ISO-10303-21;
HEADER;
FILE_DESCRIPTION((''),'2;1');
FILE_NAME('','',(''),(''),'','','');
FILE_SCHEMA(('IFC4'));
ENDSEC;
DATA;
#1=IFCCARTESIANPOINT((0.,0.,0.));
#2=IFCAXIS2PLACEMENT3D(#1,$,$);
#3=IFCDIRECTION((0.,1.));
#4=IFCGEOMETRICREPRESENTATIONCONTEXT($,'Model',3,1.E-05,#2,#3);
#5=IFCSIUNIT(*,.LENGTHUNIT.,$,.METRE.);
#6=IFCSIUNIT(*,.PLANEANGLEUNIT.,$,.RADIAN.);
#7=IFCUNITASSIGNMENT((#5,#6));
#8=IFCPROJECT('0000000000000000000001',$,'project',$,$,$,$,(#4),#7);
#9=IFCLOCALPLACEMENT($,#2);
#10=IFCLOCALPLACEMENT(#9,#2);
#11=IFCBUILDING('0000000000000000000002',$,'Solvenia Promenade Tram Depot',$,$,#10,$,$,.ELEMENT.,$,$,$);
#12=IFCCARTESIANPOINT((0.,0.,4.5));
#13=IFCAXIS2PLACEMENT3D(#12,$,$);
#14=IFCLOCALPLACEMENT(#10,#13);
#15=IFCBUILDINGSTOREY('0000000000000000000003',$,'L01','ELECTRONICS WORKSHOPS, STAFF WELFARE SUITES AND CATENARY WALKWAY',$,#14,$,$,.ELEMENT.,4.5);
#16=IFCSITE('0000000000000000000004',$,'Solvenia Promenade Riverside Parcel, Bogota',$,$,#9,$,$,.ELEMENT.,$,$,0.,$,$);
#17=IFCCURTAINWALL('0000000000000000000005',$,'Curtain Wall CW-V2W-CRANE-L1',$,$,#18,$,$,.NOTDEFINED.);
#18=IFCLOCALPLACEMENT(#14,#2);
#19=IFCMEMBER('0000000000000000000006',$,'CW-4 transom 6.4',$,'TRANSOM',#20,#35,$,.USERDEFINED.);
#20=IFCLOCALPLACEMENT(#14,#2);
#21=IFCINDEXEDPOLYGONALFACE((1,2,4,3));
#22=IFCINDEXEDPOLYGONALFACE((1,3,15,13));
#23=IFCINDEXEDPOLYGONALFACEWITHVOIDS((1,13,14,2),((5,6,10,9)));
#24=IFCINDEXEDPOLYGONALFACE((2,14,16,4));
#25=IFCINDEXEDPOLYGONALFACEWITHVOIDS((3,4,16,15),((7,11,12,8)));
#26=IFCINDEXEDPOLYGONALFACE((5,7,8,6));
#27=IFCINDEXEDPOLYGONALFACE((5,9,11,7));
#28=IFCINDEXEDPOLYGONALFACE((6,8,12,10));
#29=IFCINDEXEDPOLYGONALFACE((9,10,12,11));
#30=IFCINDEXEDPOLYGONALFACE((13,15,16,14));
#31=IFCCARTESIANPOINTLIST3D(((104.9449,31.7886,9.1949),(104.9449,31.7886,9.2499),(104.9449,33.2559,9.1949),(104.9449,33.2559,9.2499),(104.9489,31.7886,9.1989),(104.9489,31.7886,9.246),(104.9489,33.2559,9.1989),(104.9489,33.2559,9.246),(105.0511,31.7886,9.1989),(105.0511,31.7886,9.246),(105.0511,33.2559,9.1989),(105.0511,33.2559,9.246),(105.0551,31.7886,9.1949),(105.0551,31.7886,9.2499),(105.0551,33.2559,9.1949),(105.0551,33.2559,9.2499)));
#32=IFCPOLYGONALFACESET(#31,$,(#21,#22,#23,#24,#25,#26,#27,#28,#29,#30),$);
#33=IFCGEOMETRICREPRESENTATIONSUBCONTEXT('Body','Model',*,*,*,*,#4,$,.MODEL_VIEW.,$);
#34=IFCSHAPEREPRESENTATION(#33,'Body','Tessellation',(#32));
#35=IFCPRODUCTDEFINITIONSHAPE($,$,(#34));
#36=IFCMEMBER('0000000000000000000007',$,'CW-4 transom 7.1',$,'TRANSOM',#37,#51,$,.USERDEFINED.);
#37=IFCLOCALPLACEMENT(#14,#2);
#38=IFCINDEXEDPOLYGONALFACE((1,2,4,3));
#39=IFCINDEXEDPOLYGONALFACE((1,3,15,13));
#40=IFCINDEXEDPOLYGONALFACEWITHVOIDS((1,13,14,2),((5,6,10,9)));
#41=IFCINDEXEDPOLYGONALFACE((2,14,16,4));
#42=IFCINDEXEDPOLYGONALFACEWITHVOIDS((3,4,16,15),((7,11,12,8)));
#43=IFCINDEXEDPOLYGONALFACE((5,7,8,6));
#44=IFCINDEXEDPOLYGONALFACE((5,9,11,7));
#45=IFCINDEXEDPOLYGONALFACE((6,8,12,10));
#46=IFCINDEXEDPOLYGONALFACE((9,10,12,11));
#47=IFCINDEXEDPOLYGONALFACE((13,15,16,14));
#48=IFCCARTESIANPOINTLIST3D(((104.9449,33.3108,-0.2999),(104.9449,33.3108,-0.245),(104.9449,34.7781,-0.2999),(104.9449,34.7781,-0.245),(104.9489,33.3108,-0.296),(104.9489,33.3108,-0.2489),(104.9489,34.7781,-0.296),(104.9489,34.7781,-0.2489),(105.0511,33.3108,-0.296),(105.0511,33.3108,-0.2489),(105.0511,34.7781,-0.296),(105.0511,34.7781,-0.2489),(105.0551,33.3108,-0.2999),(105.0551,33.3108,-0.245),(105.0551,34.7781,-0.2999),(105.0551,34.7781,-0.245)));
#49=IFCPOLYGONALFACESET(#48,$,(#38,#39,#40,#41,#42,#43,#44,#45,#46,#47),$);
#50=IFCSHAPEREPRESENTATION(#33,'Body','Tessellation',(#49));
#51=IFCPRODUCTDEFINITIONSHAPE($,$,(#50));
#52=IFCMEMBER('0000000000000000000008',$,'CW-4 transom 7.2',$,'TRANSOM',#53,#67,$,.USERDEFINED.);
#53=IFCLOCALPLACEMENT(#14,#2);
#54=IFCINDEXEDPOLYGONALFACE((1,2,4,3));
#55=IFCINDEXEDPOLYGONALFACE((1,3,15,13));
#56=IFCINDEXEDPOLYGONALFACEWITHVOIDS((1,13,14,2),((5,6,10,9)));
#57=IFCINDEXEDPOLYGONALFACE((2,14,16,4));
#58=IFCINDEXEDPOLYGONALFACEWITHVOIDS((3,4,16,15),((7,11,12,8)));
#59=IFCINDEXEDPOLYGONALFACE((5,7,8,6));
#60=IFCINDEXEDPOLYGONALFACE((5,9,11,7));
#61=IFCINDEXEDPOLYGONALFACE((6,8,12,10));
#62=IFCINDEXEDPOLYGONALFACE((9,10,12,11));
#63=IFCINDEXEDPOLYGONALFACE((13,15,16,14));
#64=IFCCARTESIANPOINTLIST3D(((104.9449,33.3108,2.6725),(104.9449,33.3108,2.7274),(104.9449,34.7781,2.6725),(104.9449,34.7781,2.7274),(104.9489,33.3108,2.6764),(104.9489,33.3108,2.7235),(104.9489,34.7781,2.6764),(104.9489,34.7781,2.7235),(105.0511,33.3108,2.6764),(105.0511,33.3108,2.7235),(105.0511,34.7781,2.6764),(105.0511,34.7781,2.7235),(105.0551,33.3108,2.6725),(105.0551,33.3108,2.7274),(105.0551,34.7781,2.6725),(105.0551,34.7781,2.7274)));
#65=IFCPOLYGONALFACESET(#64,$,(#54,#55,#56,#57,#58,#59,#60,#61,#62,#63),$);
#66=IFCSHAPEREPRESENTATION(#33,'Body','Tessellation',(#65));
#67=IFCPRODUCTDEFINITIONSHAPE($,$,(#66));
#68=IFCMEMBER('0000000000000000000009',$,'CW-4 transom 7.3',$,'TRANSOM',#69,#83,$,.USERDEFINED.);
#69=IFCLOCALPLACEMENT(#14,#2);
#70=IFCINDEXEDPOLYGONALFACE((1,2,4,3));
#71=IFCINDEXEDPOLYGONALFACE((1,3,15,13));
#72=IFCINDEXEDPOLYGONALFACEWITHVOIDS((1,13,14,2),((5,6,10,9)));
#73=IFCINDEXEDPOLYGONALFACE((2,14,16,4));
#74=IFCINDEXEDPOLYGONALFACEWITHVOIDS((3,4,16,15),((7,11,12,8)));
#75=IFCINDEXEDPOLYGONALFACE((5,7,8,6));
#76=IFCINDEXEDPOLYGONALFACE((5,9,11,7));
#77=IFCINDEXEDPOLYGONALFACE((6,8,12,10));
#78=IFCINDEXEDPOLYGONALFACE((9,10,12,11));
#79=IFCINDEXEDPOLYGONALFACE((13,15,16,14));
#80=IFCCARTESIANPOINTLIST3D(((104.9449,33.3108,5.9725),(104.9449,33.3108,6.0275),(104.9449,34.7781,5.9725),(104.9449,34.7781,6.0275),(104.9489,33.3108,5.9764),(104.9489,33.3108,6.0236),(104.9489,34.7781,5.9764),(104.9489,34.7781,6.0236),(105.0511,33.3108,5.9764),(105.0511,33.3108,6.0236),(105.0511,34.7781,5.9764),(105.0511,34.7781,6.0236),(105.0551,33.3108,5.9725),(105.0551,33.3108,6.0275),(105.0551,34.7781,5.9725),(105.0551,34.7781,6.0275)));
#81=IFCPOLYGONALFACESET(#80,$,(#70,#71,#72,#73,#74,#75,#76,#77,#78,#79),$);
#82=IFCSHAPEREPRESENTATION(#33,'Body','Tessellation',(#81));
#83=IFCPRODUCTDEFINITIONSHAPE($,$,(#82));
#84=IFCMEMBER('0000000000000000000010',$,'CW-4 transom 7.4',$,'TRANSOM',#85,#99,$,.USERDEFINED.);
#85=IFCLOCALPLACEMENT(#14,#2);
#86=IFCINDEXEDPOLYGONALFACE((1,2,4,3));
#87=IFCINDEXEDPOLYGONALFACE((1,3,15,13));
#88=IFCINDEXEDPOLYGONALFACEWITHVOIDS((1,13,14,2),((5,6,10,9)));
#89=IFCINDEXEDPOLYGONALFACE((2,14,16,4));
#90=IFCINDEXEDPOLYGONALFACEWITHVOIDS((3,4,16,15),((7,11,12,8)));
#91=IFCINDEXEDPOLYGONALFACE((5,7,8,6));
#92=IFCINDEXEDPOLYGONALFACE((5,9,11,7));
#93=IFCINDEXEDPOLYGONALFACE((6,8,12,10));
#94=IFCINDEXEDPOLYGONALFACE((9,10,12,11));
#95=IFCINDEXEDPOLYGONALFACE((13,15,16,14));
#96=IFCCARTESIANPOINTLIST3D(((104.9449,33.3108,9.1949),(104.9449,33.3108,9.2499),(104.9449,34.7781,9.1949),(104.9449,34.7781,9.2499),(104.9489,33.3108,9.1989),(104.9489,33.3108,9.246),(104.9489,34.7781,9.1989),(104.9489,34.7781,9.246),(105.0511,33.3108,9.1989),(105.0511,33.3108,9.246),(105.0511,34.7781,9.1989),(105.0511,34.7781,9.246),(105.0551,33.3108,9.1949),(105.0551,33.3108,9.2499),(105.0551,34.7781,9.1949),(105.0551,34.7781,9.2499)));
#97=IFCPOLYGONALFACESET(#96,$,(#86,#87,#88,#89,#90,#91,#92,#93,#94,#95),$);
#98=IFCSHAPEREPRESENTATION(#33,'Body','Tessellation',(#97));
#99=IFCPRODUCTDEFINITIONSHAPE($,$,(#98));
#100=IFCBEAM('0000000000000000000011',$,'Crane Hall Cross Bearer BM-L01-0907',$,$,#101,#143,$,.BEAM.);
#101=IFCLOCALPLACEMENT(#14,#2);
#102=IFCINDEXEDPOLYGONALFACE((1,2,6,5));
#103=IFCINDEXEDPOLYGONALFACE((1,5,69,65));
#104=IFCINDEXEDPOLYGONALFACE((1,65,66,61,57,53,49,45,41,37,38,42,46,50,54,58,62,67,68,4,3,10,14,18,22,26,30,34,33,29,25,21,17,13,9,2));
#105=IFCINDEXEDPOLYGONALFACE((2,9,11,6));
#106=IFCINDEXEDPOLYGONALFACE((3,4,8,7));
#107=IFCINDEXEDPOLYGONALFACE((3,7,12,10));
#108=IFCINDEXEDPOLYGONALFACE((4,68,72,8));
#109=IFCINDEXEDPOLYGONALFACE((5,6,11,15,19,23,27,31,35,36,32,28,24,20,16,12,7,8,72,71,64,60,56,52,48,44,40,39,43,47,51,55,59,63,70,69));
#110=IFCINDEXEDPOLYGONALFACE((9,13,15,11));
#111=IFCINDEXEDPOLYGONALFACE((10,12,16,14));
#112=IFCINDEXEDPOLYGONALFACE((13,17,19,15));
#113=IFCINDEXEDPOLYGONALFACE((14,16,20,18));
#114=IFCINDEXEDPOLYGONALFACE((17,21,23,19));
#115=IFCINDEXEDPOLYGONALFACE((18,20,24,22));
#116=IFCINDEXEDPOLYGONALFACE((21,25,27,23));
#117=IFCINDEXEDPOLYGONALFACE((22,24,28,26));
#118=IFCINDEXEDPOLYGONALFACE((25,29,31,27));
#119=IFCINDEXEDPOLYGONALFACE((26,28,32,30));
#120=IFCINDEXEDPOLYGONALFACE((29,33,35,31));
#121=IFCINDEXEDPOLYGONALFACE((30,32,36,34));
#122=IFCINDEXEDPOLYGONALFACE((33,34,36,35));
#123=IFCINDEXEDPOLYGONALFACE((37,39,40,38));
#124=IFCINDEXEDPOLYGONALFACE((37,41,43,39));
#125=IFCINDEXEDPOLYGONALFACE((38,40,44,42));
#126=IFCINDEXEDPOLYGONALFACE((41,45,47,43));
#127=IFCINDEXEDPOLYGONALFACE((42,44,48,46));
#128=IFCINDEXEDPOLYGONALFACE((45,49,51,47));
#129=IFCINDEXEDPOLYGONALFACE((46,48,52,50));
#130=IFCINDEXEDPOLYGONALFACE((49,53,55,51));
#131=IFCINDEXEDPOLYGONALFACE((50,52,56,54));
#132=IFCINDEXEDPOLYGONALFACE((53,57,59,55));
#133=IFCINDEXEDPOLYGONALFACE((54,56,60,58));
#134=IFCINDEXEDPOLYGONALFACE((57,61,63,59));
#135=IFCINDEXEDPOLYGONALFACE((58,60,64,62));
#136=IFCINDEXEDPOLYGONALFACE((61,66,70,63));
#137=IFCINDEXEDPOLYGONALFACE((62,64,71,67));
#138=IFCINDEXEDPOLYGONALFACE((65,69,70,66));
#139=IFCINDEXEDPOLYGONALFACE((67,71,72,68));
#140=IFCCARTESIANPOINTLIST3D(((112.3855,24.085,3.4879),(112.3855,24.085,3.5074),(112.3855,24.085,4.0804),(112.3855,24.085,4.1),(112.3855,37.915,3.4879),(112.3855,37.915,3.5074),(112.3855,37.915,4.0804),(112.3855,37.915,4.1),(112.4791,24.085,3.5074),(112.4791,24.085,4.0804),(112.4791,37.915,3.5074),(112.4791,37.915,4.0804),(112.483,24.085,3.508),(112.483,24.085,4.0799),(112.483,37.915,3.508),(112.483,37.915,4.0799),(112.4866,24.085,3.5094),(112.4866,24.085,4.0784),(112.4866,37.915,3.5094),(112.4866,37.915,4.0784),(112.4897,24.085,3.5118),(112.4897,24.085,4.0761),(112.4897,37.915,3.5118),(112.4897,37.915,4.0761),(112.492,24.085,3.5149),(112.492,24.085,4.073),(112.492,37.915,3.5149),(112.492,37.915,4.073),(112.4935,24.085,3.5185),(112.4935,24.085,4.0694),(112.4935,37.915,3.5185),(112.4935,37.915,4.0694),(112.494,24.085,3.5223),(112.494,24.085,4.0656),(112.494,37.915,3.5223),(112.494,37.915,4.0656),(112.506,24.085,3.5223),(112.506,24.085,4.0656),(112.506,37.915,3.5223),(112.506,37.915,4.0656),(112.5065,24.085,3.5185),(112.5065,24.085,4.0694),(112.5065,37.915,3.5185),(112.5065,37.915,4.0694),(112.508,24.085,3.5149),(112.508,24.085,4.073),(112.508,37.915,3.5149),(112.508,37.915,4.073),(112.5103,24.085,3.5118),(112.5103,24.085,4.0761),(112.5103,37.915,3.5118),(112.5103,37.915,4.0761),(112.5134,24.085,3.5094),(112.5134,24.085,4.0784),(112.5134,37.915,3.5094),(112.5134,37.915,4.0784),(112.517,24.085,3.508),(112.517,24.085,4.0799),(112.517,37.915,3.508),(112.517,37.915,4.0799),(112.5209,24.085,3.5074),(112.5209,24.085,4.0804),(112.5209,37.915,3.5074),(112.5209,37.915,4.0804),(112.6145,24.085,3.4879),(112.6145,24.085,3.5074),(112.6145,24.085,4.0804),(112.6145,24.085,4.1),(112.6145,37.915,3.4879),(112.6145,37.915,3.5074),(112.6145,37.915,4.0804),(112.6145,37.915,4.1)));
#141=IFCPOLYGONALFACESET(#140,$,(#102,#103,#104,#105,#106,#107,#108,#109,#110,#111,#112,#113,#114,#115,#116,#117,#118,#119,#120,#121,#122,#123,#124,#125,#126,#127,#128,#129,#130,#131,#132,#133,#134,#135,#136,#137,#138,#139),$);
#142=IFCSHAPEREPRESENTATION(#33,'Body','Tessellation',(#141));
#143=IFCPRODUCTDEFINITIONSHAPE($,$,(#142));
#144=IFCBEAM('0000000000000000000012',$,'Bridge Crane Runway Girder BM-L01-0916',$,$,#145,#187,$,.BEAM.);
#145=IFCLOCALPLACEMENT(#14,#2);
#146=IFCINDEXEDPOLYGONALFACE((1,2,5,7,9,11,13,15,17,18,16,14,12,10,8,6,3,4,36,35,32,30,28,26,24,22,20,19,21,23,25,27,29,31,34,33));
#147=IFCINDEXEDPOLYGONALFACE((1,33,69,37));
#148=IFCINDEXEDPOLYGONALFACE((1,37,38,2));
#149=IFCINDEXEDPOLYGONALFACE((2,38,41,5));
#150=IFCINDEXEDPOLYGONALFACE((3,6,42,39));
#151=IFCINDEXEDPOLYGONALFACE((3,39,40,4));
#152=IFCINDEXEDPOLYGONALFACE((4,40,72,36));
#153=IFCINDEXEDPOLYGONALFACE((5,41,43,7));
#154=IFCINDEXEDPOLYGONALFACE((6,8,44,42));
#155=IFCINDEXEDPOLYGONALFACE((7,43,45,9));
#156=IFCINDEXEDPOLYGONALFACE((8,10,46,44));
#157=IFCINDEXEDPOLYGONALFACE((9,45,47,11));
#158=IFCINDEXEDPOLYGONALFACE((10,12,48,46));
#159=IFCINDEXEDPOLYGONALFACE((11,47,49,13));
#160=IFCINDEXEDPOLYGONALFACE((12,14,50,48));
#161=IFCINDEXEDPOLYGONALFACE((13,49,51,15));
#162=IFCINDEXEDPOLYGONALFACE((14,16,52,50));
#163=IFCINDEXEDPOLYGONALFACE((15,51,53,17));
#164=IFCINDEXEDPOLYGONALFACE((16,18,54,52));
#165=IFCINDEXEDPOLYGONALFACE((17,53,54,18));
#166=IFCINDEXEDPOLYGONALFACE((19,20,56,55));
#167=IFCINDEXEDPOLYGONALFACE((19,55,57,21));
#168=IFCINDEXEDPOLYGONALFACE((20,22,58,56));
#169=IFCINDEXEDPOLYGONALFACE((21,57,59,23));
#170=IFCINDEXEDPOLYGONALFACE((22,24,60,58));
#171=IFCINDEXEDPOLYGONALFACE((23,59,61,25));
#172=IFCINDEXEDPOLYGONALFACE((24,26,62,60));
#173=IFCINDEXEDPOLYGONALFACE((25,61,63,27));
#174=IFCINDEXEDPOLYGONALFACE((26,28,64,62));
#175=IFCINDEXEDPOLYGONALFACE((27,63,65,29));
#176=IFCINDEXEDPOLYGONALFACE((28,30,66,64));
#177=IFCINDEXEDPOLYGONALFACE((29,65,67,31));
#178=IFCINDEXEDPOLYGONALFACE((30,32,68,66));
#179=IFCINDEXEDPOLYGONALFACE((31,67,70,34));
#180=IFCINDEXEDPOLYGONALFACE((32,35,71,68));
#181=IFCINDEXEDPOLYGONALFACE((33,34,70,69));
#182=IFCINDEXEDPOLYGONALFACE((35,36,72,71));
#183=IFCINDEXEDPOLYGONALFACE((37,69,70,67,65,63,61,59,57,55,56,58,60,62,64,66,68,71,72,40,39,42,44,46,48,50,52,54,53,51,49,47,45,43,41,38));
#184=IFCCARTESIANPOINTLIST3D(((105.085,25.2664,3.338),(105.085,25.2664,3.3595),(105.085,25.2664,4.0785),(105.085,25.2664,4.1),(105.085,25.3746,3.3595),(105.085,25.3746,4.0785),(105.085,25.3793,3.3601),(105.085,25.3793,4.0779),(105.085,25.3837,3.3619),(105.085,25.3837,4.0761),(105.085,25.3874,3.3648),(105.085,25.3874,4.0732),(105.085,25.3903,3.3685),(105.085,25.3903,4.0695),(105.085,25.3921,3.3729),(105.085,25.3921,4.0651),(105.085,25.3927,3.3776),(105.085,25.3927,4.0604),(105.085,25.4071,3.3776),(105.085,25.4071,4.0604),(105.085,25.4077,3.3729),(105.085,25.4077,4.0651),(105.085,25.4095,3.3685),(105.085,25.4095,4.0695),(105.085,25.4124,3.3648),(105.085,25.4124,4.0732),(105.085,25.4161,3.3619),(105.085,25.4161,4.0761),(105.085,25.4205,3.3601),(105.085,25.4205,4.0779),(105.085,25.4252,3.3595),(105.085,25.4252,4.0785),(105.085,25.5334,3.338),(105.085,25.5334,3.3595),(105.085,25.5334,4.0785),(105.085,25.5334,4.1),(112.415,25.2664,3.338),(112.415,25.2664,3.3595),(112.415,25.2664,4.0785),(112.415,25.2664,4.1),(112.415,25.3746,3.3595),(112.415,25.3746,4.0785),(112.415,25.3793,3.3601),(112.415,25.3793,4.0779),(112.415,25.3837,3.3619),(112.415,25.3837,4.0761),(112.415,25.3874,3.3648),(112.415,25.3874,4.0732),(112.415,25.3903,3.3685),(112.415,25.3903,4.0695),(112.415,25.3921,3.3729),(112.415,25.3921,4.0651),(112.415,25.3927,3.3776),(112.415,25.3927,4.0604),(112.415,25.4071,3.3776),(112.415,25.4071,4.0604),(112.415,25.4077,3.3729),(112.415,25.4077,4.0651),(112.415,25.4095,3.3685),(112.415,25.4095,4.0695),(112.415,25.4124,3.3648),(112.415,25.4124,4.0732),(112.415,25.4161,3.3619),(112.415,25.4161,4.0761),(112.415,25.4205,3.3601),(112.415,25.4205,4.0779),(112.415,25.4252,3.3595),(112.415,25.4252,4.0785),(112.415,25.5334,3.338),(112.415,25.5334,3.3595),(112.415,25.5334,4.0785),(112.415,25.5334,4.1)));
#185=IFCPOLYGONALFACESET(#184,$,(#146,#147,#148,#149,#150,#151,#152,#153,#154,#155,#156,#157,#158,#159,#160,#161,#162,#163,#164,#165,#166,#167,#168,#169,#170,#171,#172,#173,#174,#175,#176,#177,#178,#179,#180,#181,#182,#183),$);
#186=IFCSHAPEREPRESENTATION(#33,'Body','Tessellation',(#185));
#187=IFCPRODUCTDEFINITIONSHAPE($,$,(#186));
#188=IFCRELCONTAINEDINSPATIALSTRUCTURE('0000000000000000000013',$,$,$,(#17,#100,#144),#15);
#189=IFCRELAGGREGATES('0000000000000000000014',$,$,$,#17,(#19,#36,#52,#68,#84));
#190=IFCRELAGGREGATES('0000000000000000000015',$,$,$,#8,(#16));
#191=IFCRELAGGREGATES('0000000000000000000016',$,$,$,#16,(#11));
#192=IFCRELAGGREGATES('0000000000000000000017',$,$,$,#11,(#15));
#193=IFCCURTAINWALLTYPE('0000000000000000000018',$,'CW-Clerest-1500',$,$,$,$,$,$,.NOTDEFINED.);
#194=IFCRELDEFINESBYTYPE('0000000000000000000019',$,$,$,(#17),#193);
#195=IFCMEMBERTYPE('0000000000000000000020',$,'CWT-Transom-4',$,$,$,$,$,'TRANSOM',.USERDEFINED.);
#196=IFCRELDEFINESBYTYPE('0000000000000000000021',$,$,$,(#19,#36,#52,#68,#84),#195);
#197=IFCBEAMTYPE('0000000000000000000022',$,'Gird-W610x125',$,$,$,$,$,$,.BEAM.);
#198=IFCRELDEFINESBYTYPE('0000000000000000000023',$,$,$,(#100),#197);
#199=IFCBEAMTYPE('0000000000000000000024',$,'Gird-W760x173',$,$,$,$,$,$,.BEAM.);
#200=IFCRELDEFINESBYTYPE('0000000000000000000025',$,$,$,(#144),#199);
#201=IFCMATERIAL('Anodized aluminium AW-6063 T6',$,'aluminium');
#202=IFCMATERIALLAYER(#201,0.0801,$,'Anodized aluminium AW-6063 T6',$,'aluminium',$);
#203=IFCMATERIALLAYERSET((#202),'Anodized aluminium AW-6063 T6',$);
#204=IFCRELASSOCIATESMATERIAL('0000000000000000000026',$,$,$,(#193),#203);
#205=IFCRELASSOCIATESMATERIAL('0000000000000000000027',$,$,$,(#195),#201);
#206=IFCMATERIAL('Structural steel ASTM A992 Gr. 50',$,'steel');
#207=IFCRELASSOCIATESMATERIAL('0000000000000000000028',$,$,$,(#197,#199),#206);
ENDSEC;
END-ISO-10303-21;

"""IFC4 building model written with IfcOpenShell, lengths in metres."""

from ifc_helpers import new_model, si_unit, direction, frame, origin, origin_2d, place, context, subcontext, project, spatial, hollow_rectangle, i_section, extrude, material, layer, layer_set, material_profile, profile_set, type_object, element, aggregate, save


model = new_model("IFC4")

# Units and contexts
model_context = context("Model", 3, precision=1e-05, world=origin(), true_north=direction((0.0, 1.0)))
body_context = subcontext(model_context, "Body", "Model", "MODEL_VIEW")
ifc_project = project(units=[si_unit("LENGTHUNIT", "METRE"), si_unit("PLANEANGLEUNIT", "RADIAN")], contexts=[model_context])

# Site, building, storey
site_placement = place(None, origin())
site = spatial("IfcSite", under=ifc_project, at=site_placement, Name="Solvenia Promenade Riverside Parcel, Bogota", CompositionType="ELEMENT", RefElevation=0.0)
building_placement = place(site_placement, origin())
building = spatial("IfcBuilding", under=site, at=building_placement, Name="Solvenia Promenade Tram Depot", CompositionType="ELEMENT")
storey_placement = place(building_placement, frame((0.0, 0.0, 4.5)))
storey = spatial("IfcBuildingStorey", under=building, at=storey_placement, Name="L01", Description="ELECTRONICS WORKSHOPS, STAFF WELFARE SUITES AND CATENARY WALKWAY", CompositionType="ELEMENT", Elevation=4.5)

# Shared definitions
ifc_material_1 = material(Name="Structural steel ASTM A992 Gr. 50", Category="steel")

# Shared definitions
ifc_material_2 = material(Name="Anodized aluminium AW-6063 T6", Category="aluminium")
ifc_layer_1 = layer(ifc_material_2, 0.0801, Name="Anodized aluminium AW-6063 T6", Category="aluminium")
ifc_layer_set_1 = layer_set([ifc_layer_1], Name="Anodized aluminium AW-6063 T6")
curtain_wall_type = type_object("IfcCurtainWallType", Name="CW-Clerest-1500", PredefinedType="NOTDEFINED", material=ifc_layer_set_1)

# Curtain wall
curtain_wall_1_placement = place(storey_placement, origin())
curtain_wall_1 = element("IfcCurtainWall", 1, at=curtain_wall_1_placement, inside=storey, type_object=curtain_wall_type, Name="Curtain Wall CW-V2W-CRANE-L1", PredefinedType="NOTDEFINED")

# Members
ifc_material_profile_1 = material_profile(ifc_material_2, hollow_rectangle(XDim=0.1101, YDim=0.0549, WallThickness=0.0039, at=origin_2d()), Name="ALU-T4", Category="aluminium")
ifc_profile_set_1 = profile_set([ifc_material_profile_1], Name="Anodized aluminium AW-6063 T6")
member_type_1 = type_object("IfcMemberType", Name="CWT-Transom-4", ElementType="TRANSOM", PredefinedType="USERDEFINED", material=ifc_profile_set_1)
member_1_placement = place(storey_placement, frame((105.0, 31.7886, 9.2224), z_axis=(0.0, 1.0, 0.0), x_axis=(-1.0, 0.0, 0.0)))
member_1 = element("IfcMember", 2, at=member_1_placement, type_object=member_type_1, Name="CW-4 transom 6.4", ObjectType="TRANSOM", PredefinedType="USERDEFINED", context=body_context, shape_type="SweptSolid", body=[
    extrude(hollow_rectangle(XDim=0.1101, YDim=0.0549, WallThickness=0.0039, at=origin_2d()), origin(), (0.0, 0.0, 1.0), 1.4673),
])
member_2_placement = place(storey_placement, frame((105.0, 33.3108, -0.2725), z_axis=(0.0, 1.0, 0.0), x_axis=(-1.0, 0.0, 0.0)))
member_2 = element("IfcMember", 3, at=member_2_placement, type_object=member_type_1, Name="CW-4 transom 7.1", ObjectType="TRANSOM", PredefinedType="USERDEFINED", context=body_context, shape_type="SweptSolid", body=[
    extrude(hollow_rectangle(XDim=0.1101, YDim=0.0549, WallThickness=0.0039, at=origin_2d()), origin(), (0.0, 0.0, 1.0), 1.4673),
])
member_3_placement = place(storey_placement, frame((105.0, 33.3108, 2.7), z_axis=(0.0, 1.0, 0.0), x_axis=(-1.0, 0.0, 0.0)))
member_3 = element("IfcMember", 4, at=member_3_placement, type_object=member_type_1, Name="CW-4 transom 7.2", ObjectType="TRANSOM", PredefinedType="USERDEFINED", context=body_context, shape_type="SweptSolid", body=[
    extrude(hollow_rectangle(XDim=0.1101, YDim=0.0549, WallThickness=0.0039, at=origin_2d()), origin(), (0.0, 0.0, 1.0), 1.4673),
])
member_4_placement = place(storey_placement, frame((105.0, 33.3108, 6.0), z_axis=(0.0, 1.0, 0.0), x_axis=(-1.0, 0.0, 0.0)))
member_4 = element("IfcMember", 5, at=member_4_placement, type_object=member_type_1, Name="CW-4 transom 7.3", ObjectType="TRANSOM", PredefinedType="USERDEFINED", context=body_context, shape_type="SweptSolid", body=[
    extrude(hollow_rectangle(XDim=0.1101, YDim=0.0549, WallThickness=0.0039, at=origin_2d()), origin(), (0.0, 0.0, 1.0), 1.4673),
])
member_5_placement = place(storey_placement, frame((105.0, 33.3108, 9.2224), z_axis=(0.0, 1.0, 0.0), x_axis=(-1.0, 0.0, 0.0)))
member_5 = element("IfcMember", 6, at=member_5_placement, type_object=member_type_1, Name="CW-4 transom 7.4", ObjectType="TRANSOM", PredefinedType="USERDEFINED", context=body_context, shape_type="SweptSolid", body=[
    extrude(hollow_rectangle(XDim=0.1101, YDim=0.0549, WallThickness=0.0039, at=origin_2d()), origin(), (0.0, 0.0, 1.0), 1.4673),
])

# Beams
ifc_material_profile_2 = material_profile(ifc_material_1, i_section(OverallWidth=0.229, OverallDepth=0.6121, WebThickness=0.012, FlangeThickness=0.0195, FilletRadius=0.0149, at=origin_2d()), Name="W610x125", Category="steel")
ifc_profile_set_2 = profile_set([ifc_material_profile_2], Name="Structural steel ASTM A992 Gr. 50")
beam_type_1 = type_object("IfcBeamType", Name="Gird-W610x125", PredefinedType="BEAM", material=ifc_profile_set_2)
beam_1_placement = place(storey_placement, frame((112.5, 24.085, 3.7939), z_axis=(0.0, 1.0, 0.0), x_axis=(-1.0, 0.0, 0.0)))
element("IfcBeam", 7, at=beam_1_placement, inside=storey, type_object=beam_type_1, Name="Crane Hall Cross Bearer BM-L01-0907", PredefinedType="BEAM", context=body_context, shape_type="SweptSolid", body=[
    extrude(i_section(OverallWidth=0.229, OverallDepth=0.6121, WebThickness=0.012, FlangeThickness=0.0195, FilletRadius=0.0149, at=origin_2d()), origin(), (0.0, 0.0, 1.0), 13.8301),
])
ifc_material_profile_3 = material_profile(ifc_material_1, i_section(OverallWidth=0.2671, OverallDepth=0.762, WebThickness=0.0144, FlangeThickness=0.0215, FilletRadius=0.0181, at=origin_2d()), Name="W760x173", Category="steel")
ifc_profile_set_3 = profile_set([ifc_material_profile_3], Name="Structural steel ASTM A992 Gr. 50")
beam_type_2 = type_object("IfcBeamType", Name="Gird-W760x173", PredefinedType="BEAM", material=ifc_profile_set_3)
for number, where, z_axis, x_axis, name in (
    (8, (105.085, 25.3999, 3.719), (1.0, 0.0, 0.0), (0.0, 1.0, 0.0), "Bridge Crane Runway Girder BM-L01-0916"),
):
    element("IfcBeam", number, at=place(storey_placement, frame(where, z_axis=z_axis, x_axis=x_axis)), inside=storey, type_object=beam_type_2, Name=name, PredefinedType="BEAM", context=body_context, shape_type="SweptSolid", body=[
        extrude(i_section(OverallWidth=0.2671, OverallDepth=0.762, WebThickness=0.0144, FlangeThickness=0.0215, FilletRadius=0.0181, at=origin_2d()), origin(), (0.0, 0.0, 1.0), 7.3301),
    ])

aggregate(curtain_wall_1, [member_1, member_2, member_3, member_4, member_5])

save(model, "model.ifc")
